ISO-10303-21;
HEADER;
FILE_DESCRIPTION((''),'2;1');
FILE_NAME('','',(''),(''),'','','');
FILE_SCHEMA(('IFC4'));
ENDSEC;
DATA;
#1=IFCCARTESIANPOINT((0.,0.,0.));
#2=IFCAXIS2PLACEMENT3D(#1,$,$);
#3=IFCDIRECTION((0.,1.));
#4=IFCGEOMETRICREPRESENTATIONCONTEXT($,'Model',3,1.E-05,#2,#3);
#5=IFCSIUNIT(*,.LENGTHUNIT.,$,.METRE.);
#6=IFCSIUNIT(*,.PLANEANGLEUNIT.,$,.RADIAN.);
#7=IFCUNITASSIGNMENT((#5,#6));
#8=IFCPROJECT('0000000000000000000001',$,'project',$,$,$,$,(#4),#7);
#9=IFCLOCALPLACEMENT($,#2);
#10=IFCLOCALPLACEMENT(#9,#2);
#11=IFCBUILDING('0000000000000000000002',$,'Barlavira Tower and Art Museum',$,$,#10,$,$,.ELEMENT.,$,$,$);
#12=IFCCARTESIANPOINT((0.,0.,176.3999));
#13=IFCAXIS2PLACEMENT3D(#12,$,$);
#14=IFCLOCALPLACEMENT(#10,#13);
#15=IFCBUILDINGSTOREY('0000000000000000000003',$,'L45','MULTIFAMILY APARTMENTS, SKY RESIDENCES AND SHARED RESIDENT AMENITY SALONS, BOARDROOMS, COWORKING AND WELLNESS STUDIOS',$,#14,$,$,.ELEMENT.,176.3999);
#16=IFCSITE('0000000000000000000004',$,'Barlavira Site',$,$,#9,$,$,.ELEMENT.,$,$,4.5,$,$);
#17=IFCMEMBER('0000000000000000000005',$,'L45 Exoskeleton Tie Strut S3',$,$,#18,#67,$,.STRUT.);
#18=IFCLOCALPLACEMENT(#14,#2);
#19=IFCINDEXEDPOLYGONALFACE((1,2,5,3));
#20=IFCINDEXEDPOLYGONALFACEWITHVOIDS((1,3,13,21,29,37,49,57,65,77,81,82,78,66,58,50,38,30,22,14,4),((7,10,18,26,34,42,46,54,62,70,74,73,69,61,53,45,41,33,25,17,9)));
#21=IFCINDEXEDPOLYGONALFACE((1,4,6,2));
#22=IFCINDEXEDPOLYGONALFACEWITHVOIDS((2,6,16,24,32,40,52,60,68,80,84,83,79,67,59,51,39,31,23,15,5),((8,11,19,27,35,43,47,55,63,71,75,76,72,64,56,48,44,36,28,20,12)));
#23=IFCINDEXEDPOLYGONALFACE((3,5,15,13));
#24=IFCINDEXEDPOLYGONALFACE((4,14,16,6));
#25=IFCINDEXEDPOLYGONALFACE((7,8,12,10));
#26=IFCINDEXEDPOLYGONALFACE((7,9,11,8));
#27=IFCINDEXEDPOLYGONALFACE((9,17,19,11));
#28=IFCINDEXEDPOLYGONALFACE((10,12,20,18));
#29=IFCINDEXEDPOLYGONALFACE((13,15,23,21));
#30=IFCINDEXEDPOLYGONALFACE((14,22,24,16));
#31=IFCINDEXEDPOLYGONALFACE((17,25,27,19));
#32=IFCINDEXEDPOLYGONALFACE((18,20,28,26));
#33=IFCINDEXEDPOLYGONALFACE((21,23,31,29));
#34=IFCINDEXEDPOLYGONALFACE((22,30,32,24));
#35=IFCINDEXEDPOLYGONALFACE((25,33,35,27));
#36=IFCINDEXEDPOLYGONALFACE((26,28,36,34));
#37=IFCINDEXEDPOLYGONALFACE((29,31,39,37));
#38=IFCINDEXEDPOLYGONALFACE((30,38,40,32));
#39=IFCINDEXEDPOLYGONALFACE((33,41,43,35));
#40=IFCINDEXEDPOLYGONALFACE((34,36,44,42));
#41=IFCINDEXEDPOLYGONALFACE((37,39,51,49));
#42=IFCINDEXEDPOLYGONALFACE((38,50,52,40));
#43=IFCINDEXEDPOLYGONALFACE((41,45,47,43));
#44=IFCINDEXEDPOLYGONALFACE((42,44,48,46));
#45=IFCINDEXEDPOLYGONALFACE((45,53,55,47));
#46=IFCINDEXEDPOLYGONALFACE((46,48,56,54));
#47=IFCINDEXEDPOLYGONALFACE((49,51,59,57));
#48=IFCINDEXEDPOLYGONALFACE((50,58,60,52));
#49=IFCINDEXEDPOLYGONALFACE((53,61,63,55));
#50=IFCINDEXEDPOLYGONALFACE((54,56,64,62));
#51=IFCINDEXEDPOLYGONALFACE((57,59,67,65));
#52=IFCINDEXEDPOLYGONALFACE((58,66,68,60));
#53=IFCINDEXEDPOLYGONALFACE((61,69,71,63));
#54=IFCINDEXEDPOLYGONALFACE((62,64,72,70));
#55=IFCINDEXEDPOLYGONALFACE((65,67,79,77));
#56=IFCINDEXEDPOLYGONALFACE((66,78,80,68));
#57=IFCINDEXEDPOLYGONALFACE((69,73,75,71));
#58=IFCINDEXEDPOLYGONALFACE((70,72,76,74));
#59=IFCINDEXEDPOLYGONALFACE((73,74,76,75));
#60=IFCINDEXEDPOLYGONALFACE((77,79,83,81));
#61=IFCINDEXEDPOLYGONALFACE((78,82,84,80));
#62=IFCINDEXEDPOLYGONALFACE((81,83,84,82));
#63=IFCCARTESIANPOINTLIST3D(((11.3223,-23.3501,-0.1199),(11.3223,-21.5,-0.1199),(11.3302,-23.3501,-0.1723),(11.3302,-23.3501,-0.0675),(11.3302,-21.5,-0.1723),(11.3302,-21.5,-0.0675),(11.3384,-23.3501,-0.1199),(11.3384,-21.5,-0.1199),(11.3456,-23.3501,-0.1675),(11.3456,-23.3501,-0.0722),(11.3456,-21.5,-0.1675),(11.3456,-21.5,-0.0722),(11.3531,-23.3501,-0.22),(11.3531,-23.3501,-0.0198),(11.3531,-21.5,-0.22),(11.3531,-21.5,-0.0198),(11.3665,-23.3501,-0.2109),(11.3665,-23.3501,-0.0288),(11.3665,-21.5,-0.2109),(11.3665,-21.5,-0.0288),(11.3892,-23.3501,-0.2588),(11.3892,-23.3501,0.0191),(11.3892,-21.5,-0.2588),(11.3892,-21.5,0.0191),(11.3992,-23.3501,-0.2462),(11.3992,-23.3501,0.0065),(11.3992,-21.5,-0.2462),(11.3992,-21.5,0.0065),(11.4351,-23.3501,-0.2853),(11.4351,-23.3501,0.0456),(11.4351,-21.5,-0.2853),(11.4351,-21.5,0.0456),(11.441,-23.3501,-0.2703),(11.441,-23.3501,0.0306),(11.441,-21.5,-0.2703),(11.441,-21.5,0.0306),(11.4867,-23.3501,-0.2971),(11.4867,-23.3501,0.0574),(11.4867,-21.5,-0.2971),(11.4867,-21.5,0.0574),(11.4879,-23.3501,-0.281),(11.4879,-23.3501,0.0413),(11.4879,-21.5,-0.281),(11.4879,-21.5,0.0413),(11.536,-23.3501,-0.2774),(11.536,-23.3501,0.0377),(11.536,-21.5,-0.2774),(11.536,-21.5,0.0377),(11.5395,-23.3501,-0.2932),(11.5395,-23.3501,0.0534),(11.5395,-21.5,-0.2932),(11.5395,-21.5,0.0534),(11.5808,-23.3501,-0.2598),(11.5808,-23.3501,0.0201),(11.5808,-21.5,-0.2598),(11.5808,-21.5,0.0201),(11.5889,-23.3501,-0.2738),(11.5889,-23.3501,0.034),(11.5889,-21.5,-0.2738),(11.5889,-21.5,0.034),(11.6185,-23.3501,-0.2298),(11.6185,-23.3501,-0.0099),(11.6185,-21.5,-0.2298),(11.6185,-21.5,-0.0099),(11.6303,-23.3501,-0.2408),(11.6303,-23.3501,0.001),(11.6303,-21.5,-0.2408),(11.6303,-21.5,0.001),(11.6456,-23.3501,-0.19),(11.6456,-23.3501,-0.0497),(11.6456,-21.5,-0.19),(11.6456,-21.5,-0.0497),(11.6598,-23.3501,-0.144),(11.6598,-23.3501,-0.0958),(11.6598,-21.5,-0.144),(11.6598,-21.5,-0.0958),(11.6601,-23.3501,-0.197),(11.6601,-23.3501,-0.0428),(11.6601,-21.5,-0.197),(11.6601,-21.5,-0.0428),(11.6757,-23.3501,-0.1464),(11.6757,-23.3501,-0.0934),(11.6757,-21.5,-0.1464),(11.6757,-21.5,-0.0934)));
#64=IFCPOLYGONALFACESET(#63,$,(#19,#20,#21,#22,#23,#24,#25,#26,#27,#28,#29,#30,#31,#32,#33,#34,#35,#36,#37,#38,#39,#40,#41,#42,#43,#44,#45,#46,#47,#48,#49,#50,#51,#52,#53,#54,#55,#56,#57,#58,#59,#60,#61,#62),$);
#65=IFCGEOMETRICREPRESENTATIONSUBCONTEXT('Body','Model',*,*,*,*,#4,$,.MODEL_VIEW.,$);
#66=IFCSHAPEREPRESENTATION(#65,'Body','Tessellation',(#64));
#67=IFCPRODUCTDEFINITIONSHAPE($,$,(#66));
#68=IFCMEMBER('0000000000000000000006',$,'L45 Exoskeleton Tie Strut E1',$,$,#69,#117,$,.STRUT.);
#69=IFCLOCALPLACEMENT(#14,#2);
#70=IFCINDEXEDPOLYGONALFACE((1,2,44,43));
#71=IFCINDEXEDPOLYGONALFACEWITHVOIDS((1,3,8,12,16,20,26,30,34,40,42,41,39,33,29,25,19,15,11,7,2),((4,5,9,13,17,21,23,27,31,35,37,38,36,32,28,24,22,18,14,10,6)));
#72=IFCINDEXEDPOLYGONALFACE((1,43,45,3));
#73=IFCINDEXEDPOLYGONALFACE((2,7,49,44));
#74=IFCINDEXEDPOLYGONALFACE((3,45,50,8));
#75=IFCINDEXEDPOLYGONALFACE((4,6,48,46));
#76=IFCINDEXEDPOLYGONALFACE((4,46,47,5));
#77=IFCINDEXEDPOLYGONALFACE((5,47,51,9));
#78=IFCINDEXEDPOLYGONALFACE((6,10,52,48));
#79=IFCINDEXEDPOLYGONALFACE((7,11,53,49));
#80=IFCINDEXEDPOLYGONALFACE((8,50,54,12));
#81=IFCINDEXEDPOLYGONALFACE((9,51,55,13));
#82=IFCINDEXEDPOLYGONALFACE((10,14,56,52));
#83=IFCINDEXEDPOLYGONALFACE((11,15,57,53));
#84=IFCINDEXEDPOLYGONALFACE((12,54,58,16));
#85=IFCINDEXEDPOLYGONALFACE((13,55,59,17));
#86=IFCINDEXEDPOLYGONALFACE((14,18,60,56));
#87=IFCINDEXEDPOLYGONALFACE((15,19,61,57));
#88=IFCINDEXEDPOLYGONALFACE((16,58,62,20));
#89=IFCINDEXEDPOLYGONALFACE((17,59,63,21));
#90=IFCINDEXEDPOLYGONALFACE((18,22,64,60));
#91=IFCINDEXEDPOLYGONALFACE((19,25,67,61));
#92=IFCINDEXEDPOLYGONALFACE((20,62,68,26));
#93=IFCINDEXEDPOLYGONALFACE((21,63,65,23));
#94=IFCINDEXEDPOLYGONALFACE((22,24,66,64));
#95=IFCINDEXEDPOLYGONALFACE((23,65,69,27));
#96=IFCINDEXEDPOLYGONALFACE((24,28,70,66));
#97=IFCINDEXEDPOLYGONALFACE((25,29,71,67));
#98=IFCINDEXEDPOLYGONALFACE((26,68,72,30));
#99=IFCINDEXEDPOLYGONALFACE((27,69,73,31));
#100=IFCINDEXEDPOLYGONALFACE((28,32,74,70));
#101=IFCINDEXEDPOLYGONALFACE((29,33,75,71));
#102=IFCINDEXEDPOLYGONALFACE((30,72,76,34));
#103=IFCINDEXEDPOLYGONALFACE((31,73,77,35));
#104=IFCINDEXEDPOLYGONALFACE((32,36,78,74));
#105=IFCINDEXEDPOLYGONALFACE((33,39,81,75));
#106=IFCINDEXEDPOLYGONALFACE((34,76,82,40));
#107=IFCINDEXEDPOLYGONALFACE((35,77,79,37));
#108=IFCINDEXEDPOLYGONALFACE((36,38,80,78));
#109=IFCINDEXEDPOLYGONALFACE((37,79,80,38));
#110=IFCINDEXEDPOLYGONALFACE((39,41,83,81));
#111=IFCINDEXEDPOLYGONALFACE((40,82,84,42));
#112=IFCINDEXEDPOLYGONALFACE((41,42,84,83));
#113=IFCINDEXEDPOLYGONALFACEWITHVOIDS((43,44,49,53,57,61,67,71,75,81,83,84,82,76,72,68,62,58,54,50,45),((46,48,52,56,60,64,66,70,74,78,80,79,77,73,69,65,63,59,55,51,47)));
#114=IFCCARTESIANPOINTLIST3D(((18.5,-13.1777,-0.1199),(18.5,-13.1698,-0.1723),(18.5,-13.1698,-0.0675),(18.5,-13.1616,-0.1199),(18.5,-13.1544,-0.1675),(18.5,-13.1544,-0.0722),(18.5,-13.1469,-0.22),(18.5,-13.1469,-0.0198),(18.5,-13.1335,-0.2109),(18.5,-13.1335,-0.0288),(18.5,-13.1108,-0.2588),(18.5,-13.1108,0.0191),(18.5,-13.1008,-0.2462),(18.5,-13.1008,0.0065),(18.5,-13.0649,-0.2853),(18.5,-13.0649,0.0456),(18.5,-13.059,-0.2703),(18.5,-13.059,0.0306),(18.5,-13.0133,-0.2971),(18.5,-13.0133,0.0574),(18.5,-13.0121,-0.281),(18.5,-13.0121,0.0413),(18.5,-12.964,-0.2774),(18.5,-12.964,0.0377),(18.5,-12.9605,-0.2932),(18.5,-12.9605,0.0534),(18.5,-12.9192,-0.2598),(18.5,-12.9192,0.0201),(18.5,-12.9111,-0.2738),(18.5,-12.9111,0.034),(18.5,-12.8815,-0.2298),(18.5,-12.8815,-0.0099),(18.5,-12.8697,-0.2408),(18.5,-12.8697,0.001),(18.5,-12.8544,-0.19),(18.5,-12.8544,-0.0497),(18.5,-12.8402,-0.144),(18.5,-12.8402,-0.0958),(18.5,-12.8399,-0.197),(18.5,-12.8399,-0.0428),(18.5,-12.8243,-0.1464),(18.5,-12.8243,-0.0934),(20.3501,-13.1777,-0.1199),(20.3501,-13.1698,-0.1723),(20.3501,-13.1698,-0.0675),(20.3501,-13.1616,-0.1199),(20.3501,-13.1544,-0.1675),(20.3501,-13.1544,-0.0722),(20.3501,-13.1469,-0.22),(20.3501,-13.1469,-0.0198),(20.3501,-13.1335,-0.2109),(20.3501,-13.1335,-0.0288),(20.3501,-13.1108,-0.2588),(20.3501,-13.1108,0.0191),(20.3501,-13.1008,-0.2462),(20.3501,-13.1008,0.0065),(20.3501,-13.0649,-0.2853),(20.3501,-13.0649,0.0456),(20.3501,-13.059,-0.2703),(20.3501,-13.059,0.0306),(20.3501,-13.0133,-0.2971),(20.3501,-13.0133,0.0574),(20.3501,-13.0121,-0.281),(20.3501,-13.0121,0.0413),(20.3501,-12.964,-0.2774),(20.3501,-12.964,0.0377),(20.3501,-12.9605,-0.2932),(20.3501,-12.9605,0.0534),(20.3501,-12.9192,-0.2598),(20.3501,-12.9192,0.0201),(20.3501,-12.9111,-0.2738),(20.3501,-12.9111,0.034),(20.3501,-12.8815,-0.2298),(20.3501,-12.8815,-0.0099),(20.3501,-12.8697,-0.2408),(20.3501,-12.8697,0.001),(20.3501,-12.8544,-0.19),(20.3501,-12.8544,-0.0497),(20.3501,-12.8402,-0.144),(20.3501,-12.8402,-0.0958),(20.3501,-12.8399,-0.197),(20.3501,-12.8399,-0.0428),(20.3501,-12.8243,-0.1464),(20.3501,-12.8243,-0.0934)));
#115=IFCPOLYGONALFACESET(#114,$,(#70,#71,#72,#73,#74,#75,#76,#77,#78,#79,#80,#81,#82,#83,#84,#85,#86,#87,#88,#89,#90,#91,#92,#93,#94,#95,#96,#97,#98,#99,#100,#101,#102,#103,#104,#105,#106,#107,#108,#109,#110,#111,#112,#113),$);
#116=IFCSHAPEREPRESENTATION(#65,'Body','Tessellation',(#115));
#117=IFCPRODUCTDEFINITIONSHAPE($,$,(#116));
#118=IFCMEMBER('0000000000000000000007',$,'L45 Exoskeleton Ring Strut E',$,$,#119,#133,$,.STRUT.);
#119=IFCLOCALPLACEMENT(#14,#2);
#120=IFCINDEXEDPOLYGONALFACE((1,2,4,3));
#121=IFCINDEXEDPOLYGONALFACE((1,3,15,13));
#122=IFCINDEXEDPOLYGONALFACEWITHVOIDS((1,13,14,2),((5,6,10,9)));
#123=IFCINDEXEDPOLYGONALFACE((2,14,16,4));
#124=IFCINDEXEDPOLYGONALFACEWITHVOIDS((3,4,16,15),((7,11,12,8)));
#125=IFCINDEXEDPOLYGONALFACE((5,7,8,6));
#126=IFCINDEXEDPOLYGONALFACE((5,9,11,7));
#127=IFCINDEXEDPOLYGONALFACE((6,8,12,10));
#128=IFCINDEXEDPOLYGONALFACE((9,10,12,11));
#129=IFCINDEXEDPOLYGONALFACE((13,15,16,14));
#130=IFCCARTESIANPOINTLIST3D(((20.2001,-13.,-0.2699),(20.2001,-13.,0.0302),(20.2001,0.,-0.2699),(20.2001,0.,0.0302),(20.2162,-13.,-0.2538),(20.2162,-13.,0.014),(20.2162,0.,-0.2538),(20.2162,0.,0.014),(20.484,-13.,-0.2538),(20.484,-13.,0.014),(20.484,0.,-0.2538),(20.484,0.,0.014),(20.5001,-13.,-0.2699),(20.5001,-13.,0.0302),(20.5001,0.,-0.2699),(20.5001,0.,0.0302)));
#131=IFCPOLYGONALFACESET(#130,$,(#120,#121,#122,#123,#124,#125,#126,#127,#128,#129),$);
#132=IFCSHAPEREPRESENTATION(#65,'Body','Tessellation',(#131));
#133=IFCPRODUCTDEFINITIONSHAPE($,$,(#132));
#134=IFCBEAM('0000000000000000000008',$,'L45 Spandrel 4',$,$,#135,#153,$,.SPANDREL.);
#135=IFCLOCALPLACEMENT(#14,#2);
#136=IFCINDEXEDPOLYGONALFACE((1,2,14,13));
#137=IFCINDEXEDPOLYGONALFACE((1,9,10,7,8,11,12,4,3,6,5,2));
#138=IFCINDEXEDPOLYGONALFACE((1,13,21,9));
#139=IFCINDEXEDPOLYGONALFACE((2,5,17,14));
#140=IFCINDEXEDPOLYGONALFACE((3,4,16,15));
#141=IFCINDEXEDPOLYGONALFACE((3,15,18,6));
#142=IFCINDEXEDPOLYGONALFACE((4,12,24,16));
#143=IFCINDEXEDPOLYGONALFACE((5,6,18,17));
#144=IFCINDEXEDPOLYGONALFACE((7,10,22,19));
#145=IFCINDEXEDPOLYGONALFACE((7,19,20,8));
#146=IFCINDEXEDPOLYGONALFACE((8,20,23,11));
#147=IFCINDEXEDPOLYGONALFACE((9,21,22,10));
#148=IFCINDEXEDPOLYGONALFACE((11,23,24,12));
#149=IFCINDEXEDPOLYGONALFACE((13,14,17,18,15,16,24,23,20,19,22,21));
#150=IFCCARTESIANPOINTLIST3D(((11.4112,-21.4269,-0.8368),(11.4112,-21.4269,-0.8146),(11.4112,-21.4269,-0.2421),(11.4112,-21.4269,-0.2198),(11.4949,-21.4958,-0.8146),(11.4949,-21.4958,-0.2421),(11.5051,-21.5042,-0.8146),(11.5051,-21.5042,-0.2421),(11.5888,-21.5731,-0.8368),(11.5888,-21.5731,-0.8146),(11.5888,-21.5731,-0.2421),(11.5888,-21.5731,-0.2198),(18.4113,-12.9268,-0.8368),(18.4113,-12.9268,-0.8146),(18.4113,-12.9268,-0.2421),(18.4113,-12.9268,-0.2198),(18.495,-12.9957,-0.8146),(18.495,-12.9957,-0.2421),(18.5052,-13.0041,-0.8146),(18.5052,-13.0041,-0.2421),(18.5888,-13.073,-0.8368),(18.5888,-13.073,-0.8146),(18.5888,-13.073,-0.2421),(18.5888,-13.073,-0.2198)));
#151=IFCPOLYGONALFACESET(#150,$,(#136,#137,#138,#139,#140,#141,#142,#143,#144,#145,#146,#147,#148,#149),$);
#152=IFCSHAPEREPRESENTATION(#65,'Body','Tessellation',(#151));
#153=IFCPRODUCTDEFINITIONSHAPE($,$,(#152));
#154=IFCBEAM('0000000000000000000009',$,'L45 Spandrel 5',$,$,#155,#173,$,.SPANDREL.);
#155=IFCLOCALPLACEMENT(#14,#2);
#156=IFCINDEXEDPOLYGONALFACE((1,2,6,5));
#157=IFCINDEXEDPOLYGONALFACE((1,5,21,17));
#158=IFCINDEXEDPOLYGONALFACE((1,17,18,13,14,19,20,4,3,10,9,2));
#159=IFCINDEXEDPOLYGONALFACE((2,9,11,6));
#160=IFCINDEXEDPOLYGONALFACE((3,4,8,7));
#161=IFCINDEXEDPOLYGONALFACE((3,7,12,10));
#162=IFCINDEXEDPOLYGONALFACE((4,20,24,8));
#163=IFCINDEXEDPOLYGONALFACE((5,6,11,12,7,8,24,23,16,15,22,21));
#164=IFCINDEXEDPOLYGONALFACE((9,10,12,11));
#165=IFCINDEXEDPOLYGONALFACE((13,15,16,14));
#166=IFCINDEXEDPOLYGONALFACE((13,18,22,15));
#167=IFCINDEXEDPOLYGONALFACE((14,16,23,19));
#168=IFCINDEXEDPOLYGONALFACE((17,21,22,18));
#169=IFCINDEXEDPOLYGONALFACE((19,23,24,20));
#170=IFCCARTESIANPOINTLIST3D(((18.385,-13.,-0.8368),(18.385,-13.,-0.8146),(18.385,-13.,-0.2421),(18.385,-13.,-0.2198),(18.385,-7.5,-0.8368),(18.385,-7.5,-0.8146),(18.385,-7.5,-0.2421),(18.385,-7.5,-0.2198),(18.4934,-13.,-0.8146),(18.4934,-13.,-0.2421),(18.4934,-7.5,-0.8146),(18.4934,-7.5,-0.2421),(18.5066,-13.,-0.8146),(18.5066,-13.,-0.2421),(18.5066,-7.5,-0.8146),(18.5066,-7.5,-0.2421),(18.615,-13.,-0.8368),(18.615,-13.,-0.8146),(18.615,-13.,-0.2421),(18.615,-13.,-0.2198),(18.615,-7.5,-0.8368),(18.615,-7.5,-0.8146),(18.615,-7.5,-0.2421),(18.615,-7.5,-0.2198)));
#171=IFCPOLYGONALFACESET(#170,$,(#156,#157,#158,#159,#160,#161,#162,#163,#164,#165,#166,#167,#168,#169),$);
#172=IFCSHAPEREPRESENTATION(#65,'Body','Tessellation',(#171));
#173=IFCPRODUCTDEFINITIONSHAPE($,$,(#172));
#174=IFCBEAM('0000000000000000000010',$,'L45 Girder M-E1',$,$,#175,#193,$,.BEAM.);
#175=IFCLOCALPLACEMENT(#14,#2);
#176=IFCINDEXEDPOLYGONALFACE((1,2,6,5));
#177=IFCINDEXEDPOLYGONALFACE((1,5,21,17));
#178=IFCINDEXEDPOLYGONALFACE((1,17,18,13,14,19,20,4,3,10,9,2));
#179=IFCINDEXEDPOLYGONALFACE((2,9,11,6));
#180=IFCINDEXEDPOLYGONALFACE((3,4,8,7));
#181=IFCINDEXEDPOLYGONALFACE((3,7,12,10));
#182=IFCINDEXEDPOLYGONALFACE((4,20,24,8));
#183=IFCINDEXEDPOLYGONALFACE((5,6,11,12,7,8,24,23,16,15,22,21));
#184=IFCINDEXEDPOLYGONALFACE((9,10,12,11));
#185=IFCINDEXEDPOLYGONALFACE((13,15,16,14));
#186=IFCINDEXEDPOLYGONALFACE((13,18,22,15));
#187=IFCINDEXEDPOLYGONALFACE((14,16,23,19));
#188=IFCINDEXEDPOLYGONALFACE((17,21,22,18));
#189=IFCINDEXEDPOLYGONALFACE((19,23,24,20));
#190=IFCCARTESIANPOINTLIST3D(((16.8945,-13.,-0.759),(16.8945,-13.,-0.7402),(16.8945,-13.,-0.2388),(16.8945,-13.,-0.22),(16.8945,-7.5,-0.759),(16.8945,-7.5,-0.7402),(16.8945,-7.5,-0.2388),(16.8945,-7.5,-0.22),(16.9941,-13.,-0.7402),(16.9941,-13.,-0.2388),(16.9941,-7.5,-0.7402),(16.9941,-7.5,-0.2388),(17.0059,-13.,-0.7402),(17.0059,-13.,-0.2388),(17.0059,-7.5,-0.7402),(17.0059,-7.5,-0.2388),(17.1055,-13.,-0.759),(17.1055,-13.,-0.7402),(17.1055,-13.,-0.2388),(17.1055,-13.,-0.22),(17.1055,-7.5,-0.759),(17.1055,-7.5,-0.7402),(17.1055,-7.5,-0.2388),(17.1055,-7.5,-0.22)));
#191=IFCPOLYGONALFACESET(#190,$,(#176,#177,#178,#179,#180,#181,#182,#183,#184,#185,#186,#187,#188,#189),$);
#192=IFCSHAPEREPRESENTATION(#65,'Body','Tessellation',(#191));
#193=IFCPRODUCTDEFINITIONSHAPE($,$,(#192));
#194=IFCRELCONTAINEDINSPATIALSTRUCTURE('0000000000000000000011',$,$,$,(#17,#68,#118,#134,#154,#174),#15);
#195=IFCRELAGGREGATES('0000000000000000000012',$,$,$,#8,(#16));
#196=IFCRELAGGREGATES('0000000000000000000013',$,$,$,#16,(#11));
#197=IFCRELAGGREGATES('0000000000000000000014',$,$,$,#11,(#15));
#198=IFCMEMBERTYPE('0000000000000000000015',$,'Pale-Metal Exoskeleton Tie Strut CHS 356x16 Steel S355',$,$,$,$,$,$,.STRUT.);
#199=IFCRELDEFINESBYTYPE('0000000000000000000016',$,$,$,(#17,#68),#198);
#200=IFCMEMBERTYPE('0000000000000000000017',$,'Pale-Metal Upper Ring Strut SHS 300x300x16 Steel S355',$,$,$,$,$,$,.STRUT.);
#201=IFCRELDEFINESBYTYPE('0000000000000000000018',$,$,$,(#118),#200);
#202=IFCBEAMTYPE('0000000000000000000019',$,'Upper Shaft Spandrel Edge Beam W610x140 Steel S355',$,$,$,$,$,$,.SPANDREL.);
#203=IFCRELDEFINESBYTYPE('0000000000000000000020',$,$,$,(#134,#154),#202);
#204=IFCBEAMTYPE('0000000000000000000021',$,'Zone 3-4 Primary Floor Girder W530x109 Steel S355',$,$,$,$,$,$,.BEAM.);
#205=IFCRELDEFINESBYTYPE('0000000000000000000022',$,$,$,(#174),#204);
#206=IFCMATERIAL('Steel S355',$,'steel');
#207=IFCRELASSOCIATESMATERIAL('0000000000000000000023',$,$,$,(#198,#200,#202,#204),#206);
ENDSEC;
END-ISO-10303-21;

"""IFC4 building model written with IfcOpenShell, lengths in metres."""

from ifc_helpers import new_model, si_unit, direction, frame, origin, origin_2d, place, context, subcontext, project, spatial, hollow_rectangle, hollow_circle, i_section, extrude, material, material_profile, profile_set, type_object, element, save


model = new_model("IFC4")

# Units and contexts
model_context = context("Model", 3, precision=1e-05, world=origin(), true_north=direction((0.0, 1.0)))
body_context = subcontext(model_context, "Body", "Model", "MODEL_VIEW")
ifc_project = project(units=[si_unit("LENGTHUNIT", "METRE"), si_unit("PLANEANGLEUNIT", "RADIAN")], contexts=[model_context])

# Site, building, storey
site_placement = place(None, origin())
site = spatial("IfcSite", under=ifc_project, at=site_placement, Name="Barlavira Site", CompositionType="ELEMENT", RefElevation=4.5)
building_placement = place(site_placement, origin())
building = spatial("IfcBuilding", under=site, at=building_placement, Name="Barlavira Tower and Art Museum", CompositionType="ELEMENT")
storey_placement = place(building_placement, frame((0.0, 0.0, 176.3999)))
storey = spatial("IfcBuildingStorey", under=building, at=storey_placement, Name="L45", Description="MULTIFAMILY APARTMENTS, SKY RESIDENCES AND SHARED RESIDENT AMENITY SALONS, BOARDROOMS, COWORKING AND WELLNESS STUDIOS", CompositionType="ELEMENT", Elevation=176.3999)

# Members
ifc_material_1 = material(Name="Steel S355", Category="steel")
ifc_material_profile_1 = material_profile(ifc_material_1, hollow_circle(Radius=0.1777, WallThickness=0.0161, at=origin_2d()), Name="CHS 355.6x16.0")
ifc_profile_set_1 = profile_set([ifc_material_profile_1], Name="Steel S355")
member_type_1 = type_object("IfcMemberType", Name="Pale-Metal Exoskeleton Tie Strut CHS 356x16 Steel S355", PredefinedType="STRUT", material=ifc_profile_set_1)
for number, where, z_axis, x_axis, name in (
    (1, (11.5, -23.3501, -0.1199), (0.0, 1.0, 0.0), (-1.0, 0.0, 0.0), "L45 Exoskeleton Tie Strut S3"),
    (2, (20.3501, -13.0, -0.1199), (-1.0, 0.0, 0.0), (0.0, -1.0, 0.0), "L45 Exoskeleton Tie Strut E1"),
):
    element("IfcMember", number, at=place(storey_placement, frame(where, z_axis=z_axis, x_axis=x_axis)), inside=storey, type_object=member_type_1, Name=name, PredefinedType="STRUT", context=body_context, shape_type="SweptSolid", body=[
        extrude(hollow_circle(Radius=0.1777, WallThickness=0.0161, at=origin_2d()), origin(), (0.0, 0.0, 1.0), 1.8501),
    ])
ifc_material_profile_2 = material_profile(ifc_material_1, hollow_rectangle(XDim=0.3, YDim=0.3, WallThickness=0.0161, at=origin_2d()), Name="SHS 300x300x16.0")
ifc_profile_set_2 = profile_set([ifc_material_profile_2], Name="Steel S355")
member_type_2 = type_object("IfcMemberType", Name="Pale-Metal Upper Ring Strut SHS 300x300x16 Steel S355", PredefinedType="STRUT", material=ifc_profile_set_2)
member_1_placement = place(storey_placement, frame((20.3501, -13.0, -0.1199), z_axis=(0.0, 1.0, 0.0), x_axis=(-1.0, 0.0, 0.0)))
element("IfcMember", 3, at=member_1_placement, inside=storey, type_object=member_type_2, Name="L45 Exoskeleton Ring Strut E", PredefinedType="STRUT", context=body_context, shape_type="SweptSolid", body=[
    extrude(hollow_rectangle(XDim=0.3, YDim=0.3, WallThickness=0.0161, at=origin_2d()), origin(), (0.0, 0.0, 1.0), 13.0),
])

# Beams
ifc_material_profile_3 = material_profile(ifc_material_1, i_section(OverallWidth=0.23, OverallDepth=0.6169, WebThickness=0.0132, FlangeThickness=0.0222, at=origin_2d()), Name="W610x140.0")
ifc_profile_set_3 = profile_set([ifc_material_profile_3], Name="Steel S355")
beam_type_1 = type_object("IfcBeamType", Name="Upper Shaft Spandrel Edge Beam W610x140 Steel S355", PredefinedType="SPANDREL", material=ifc_profile_set_3)
beam_1_placement = place(storey_placement, frame((11.5, -21.5, -0.5283), z_axis=(0.635707, 0.77193, 0.0), x_axis=(-0.77193, 0.635707, 0.0)))
element("IfcBeam", 4, at=beam_1_placement, inside=storey, type_object=beam_type_1, Name="L45 Spandrel 4", PredefinedType="SPANDREL", context=body_context, shape_type="SweptSolid", body=[
    extrude(i_section(OverallWidth=0.23, OverallDepth=0.6169, WebThickness=0.0132, FlangeThickness=0.0222, at=origin_2d()), origin(), (0.0, 0.0, 1.0), 11.0115),
])
beam_2_placement = place(storey_placement, frame((18.5, -13.0, -0.5283), z_axis=(0.0, 1.0, 0.0), x_axis=(-1.0, 0.0, 0.0)))
element("IfcBeam", 5, at=beam_2_placement, inside=storey, type_object=beam_type_1, Name="L45 Spandrel 5", PredefinedType="SPANDREL", context=body_context, shape_type="SweptSolid", body=[
    extrude(i_section(OverallWidth=0.23, OverallDepth=0.6169, WebThickness=0.0132, FlangeThickness=0.0222, at=origin_2d()), origin(), (0.0, 0.0, 1.0), 5.5),
])
ifc_material_profile_4 = material_profile(ifc_material_1, i_section(OverallWidth=0.2109, OverallDepth=0.5391, WebThickness=0.0117, FlangeThickness=0.0188, at=origin_2d()), Name="W530x109.0")
ifc_profile_set_4 = profile_set([ifc_material_profile_4], Name="Steel S355")
beam_type_2 = type_object("IfcBeamType", Name="Zone 3-4 Primary Floor Girder W530x109 Steel S355", PredefinedType="BEAM", material=ifc_profile_set_4)
for number, where, z_axis, x_axis, name in (
    (6, (17.0, -13.0, -0.4895), (0.0, 1.0, 0.0), (-1.0, 0.0, 0.0), "L45 Girder M-E1"),
):
    element("IfcBeam", number, at=place(storey_placement, frame(where, z_axis=z_axis, x_axis=x_axis)), inside=storey, type_object=beam_type_2, Name=name, PredefinedType="BEAM", context=body_context, shape_type="SweptSolid", body=[
        extrude(i_section(OverallWidth=0.2109, OverallDepth=0.5391, WebThickness=0.0117, FlangeThickness=0.0188, at=origin_2d()), origin(), (0.0, 0.0, 1.0), 5.5),
    ])

save(model, "model.ifc")
